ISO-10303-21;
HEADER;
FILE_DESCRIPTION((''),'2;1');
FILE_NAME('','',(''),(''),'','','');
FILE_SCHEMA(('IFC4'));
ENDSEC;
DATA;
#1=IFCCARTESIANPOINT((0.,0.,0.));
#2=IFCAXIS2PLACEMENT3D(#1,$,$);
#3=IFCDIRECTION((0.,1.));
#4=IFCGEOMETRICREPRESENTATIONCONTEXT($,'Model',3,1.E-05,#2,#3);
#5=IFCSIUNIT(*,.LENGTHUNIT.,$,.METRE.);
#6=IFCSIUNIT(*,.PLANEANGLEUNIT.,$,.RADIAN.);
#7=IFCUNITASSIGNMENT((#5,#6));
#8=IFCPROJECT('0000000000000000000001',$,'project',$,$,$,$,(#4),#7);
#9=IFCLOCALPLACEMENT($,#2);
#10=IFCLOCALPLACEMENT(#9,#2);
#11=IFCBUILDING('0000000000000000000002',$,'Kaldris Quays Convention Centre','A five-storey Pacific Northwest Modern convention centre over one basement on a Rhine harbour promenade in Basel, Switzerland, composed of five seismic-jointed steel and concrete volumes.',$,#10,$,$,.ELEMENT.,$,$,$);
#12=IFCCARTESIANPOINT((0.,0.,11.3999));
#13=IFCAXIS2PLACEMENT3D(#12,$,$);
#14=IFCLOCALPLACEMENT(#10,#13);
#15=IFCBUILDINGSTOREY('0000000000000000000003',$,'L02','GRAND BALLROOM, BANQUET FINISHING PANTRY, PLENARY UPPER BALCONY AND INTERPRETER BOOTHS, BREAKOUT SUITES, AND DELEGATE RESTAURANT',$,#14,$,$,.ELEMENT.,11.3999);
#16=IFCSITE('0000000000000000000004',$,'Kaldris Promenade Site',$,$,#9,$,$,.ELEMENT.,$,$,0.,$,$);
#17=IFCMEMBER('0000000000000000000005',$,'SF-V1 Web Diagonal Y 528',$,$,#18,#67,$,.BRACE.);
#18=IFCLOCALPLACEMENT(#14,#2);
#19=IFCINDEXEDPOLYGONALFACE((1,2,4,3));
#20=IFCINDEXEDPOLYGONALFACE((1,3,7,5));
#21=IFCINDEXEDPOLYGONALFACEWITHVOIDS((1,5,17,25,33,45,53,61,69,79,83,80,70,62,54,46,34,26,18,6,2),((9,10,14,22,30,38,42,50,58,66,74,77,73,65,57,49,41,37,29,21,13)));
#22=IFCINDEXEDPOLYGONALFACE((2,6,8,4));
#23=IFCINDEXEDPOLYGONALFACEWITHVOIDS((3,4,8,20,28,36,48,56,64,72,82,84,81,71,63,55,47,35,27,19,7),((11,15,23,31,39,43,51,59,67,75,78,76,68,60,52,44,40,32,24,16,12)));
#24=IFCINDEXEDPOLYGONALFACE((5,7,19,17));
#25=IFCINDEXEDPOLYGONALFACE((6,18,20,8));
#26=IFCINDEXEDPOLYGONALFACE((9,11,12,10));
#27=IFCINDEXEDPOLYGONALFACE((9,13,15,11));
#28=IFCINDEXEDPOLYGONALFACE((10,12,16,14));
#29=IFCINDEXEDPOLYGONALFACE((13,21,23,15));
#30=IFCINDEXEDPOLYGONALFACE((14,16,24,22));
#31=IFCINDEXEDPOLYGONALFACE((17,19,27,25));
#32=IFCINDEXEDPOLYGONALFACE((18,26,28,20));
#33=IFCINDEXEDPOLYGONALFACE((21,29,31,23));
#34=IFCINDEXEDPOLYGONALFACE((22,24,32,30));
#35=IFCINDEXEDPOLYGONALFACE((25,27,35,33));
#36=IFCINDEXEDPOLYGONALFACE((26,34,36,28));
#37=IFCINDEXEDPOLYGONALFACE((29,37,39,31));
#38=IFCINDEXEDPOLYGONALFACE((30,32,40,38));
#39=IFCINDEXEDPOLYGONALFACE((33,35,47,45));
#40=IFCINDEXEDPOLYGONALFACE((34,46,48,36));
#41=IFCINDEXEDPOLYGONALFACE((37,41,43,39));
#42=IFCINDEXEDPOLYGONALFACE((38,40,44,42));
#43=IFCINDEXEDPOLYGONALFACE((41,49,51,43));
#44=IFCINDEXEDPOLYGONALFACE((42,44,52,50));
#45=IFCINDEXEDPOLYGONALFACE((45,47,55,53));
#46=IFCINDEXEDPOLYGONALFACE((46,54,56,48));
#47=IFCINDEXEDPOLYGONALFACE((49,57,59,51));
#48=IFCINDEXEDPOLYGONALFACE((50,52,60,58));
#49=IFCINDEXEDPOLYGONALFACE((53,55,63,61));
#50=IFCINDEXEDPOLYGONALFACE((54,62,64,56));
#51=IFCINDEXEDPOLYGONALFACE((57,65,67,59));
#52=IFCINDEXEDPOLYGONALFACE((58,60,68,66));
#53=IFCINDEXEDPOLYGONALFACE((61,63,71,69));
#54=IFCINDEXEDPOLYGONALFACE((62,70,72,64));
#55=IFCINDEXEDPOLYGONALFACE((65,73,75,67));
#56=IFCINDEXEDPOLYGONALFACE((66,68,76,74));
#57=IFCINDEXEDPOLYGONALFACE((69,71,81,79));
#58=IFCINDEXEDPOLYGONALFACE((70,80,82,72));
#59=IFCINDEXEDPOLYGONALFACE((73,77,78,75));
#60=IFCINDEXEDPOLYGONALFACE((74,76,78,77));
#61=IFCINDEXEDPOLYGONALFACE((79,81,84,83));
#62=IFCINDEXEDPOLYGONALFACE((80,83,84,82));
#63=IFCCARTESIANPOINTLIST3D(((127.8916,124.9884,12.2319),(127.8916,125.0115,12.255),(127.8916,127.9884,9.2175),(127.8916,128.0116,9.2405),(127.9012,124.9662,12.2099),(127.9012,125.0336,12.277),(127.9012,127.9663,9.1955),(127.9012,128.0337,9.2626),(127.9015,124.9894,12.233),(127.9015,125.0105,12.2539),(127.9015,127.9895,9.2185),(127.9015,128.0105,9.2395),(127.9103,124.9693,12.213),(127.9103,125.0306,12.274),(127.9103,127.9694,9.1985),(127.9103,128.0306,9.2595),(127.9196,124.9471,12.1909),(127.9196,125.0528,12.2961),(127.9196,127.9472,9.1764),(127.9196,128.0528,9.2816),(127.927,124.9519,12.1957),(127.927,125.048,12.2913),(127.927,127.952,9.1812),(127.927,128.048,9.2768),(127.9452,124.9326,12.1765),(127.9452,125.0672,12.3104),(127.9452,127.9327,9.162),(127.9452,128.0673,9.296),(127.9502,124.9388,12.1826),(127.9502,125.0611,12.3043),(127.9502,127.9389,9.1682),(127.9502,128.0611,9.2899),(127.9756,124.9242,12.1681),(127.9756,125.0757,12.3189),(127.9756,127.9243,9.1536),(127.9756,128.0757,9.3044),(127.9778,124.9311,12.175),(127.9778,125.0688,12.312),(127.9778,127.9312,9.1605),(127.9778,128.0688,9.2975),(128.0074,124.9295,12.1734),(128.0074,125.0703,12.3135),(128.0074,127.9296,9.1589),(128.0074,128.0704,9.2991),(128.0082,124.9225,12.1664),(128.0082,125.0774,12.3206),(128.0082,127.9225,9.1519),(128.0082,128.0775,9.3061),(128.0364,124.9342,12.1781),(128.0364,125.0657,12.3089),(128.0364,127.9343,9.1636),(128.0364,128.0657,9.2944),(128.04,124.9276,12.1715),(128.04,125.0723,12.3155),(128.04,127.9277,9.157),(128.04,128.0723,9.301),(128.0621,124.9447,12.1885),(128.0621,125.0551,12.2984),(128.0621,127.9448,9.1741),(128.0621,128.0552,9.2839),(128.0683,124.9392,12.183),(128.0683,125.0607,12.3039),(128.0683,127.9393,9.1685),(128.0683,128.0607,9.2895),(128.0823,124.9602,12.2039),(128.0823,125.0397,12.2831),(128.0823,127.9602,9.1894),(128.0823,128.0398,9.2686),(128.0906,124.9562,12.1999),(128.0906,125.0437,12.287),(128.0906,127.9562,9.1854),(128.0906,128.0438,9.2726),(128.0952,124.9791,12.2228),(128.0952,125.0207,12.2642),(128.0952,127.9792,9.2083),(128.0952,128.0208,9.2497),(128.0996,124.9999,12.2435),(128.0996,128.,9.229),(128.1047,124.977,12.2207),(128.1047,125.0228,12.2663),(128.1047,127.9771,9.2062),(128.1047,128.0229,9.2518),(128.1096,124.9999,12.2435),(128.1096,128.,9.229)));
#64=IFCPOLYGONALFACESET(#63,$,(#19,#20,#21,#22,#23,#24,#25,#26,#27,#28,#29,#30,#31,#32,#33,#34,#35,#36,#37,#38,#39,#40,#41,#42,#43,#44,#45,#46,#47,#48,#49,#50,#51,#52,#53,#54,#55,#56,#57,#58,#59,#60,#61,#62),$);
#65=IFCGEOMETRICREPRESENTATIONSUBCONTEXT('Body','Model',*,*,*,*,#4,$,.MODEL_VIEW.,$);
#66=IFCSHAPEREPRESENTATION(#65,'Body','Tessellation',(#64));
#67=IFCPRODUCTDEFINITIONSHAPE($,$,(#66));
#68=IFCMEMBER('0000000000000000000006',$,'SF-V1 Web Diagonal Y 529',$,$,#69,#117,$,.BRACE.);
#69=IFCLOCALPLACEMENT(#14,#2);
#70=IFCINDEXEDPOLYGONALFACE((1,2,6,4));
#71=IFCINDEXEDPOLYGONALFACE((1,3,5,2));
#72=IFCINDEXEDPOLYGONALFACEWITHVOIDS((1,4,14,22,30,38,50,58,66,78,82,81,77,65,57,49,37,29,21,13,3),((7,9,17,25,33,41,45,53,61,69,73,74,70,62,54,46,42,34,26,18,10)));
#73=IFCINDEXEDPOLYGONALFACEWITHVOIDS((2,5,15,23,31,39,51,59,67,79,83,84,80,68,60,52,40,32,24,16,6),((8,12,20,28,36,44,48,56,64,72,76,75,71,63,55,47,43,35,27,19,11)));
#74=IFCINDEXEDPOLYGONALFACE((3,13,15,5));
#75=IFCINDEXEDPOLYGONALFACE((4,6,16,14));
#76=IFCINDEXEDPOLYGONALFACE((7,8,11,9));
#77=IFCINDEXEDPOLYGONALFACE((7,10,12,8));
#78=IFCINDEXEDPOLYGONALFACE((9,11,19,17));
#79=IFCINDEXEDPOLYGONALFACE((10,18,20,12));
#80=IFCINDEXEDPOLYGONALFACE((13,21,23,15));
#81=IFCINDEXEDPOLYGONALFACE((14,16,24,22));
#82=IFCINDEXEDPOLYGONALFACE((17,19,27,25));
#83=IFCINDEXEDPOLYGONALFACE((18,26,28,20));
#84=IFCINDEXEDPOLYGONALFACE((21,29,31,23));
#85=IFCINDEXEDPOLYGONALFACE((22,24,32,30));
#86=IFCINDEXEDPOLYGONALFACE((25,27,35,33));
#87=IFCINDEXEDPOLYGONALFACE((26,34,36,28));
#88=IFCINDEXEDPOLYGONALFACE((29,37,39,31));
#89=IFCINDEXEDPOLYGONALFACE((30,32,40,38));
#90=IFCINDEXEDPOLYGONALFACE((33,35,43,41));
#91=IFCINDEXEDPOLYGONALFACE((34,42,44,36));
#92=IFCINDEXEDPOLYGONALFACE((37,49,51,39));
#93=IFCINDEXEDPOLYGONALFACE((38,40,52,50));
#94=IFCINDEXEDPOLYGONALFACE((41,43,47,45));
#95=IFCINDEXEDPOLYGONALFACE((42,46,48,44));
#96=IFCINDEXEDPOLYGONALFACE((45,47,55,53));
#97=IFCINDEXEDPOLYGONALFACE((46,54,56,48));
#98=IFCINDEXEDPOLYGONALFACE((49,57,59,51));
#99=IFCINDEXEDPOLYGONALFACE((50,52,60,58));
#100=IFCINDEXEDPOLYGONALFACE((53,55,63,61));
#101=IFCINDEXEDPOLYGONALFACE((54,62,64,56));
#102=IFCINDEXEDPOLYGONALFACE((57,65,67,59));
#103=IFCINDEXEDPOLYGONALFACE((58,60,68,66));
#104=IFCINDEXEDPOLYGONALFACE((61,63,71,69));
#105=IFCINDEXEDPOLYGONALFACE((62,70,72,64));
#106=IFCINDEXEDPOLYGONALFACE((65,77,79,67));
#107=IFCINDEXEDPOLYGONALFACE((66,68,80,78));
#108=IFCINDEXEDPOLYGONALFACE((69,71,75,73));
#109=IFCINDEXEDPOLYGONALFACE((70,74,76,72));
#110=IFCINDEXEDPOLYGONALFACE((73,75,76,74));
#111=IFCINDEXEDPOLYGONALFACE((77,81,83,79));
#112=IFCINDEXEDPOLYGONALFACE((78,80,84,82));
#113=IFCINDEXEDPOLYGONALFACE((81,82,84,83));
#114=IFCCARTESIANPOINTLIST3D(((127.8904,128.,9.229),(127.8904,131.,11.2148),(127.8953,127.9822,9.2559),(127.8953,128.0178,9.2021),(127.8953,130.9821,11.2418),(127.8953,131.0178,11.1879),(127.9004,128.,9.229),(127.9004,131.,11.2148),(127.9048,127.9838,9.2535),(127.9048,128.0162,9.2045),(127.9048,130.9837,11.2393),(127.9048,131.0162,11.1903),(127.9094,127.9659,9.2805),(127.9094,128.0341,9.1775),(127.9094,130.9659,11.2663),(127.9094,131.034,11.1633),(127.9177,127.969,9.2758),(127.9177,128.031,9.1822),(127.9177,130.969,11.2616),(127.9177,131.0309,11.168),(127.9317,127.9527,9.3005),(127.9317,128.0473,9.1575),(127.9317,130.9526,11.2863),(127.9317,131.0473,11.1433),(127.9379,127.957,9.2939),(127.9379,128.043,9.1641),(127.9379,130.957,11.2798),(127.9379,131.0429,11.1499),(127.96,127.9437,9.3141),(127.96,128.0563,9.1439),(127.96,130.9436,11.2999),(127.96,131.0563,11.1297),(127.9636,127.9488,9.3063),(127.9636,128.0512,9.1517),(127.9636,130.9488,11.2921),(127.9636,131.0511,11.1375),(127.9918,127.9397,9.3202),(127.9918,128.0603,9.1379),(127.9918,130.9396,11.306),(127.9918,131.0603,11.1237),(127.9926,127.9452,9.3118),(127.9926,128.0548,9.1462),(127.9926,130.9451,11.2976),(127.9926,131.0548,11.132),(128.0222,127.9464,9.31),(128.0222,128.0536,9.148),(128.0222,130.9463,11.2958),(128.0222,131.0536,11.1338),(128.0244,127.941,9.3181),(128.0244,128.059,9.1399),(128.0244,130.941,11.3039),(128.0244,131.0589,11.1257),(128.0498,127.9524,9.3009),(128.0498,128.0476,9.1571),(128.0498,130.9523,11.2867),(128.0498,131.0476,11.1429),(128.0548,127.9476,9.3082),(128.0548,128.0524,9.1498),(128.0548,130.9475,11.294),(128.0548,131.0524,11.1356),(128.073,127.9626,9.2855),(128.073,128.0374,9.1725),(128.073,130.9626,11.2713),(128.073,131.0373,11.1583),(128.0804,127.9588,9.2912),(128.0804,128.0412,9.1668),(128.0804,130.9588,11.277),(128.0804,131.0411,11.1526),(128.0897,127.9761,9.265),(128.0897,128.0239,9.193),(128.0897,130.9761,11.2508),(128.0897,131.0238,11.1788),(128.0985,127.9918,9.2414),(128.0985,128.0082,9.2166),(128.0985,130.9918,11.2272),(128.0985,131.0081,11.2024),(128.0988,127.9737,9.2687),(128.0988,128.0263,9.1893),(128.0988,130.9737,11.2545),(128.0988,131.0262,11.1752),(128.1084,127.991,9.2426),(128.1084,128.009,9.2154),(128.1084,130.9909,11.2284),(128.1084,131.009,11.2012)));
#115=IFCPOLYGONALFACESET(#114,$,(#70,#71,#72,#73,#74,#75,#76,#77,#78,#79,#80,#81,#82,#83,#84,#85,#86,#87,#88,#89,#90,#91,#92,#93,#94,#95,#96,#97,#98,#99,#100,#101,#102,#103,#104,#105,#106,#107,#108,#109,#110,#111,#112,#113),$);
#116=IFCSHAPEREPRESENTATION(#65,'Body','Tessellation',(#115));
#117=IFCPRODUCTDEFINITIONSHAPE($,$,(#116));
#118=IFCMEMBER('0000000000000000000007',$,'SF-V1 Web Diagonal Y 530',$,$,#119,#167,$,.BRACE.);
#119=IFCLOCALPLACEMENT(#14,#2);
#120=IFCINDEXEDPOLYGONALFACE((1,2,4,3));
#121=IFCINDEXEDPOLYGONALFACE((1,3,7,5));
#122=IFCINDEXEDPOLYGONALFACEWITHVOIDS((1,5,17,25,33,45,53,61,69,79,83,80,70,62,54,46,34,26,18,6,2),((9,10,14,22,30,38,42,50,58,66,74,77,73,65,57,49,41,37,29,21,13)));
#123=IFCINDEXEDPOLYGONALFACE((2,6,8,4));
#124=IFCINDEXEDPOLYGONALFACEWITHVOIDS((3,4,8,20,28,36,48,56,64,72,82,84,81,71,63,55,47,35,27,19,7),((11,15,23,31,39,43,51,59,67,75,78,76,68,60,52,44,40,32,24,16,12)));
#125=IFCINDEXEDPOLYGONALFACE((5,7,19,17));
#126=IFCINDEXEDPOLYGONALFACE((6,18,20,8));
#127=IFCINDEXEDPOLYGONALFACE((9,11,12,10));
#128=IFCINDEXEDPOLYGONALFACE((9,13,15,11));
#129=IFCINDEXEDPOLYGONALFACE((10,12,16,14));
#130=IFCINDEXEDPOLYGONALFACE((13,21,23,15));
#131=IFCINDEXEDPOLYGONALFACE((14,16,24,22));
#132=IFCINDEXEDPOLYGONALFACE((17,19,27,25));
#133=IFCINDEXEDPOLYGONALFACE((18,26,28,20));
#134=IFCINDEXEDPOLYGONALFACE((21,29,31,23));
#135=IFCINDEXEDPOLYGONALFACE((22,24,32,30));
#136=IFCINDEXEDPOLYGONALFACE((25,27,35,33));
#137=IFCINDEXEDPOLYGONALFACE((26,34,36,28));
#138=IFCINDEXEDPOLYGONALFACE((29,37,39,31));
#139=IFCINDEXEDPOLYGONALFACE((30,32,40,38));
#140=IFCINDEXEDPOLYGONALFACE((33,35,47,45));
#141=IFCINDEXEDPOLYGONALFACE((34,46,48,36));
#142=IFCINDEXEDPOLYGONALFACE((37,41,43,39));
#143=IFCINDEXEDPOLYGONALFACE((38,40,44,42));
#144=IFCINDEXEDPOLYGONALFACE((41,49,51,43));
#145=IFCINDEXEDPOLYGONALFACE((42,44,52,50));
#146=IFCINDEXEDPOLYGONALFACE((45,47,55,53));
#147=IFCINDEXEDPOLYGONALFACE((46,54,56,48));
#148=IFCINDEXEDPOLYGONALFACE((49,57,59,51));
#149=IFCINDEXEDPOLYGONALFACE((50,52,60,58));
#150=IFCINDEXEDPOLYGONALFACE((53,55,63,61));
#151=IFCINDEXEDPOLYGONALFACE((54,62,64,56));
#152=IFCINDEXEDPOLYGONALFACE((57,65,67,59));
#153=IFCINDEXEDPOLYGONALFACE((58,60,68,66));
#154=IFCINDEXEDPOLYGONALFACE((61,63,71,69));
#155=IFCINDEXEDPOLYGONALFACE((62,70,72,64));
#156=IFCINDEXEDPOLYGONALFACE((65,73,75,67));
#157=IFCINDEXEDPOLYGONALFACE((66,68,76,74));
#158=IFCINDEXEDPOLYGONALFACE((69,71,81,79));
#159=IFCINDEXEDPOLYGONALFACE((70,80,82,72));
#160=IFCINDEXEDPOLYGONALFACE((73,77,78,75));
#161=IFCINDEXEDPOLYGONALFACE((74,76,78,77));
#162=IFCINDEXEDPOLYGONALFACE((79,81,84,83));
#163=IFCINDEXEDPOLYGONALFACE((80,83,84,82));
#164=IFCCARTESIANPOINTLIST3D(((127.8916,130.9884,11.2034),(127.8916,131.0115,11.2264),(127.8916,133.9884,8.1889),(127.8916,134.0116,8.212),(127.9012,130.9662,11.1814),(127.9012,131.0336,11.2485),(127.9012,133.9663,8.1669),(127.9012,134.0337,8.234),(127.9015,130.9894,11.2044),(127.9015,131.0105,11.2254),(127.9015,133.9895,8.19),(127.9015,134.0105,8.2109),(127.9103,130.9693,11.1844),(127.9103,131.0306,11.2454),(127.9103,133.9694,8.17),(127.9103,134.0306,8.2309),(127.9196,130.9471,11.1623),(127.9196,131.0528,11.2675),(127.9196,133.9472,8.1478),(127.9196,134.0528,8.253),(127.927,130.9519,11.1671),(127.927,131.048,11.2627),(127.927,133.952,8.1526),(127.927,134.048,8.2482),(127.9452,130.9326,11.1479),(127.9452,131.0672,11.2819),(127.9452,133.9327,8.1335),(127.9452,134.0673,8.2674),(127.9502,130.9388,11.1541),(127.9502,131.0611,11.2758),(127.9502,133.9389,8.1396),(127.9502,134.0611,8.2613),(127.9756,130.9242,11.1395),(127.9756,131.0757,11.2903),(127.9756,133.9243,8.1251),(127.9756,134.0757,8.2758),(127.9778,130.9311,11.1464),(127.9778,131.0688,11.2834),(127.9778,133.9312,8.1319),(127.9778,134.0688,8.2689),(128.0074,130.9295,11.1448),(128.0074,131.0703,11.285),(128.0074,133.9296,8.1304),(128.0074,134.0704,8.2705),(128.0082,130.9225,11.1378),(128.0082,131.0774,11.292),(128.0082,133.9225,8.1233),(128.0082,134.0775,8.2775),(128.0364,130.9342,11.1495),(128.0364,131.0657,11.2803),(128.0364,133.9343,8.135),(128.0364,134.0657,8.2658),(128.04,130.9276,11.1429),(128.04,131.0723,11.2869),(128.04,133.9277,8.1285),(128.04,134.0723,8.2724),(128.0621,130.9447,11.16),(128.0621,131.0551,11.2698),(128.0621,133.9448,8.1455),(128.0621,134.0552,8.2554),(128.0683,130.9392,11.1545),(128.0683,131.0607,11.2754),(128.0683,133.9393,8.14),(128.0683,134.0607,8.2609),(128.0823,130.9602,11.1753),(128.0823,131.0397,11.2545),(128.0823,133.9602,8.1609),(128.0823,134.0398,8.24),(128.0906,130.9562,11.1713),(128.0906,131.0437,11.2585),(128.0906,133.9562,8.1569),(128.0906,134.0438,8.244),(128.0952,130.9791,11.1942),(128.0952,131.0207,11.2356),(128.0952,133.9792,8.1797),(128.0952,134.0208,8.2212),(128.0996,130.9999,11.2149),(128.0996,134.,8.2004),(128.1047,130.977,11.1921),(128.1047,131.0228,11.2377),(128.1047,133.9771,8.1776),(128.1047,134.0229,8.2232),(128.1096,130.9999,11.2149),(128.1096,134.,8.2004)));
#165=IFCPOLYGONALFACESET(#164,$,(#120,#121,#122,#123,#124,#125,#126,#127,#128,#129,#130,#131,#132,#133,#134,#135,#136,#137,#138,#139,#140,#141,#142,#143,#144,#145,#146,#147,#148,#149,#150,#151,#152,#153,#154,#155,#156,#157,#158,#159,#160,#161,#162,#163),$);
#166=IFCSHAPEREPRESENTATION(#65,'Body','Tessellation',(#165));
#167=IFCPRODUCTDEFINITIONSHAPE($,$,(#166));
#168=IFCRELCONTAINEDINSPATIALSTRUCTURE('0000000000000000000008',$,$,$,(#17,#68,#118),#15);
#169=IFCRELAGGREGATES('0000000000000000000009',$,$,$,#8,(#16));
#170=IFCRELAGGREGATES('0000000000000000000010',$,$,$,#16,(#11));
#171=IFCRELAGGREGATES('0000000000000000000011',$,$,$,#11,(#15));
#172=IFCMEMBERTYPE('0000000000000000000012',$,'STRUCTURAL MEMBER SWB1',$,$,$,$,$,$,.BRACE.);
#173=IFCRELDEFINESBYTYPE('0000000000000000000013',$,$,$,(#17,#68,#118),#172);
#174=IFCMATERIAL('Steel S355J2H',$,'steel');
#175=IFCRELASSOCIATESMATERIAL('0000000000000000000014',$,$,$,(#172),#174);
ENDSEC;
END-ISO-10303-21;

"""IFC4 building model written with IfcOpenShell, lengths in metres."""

from ifc_helpers import new_model, si_unit, direction, frame, origin, origin_2d, place, context, subcontext, project, spatial, hollow_circle, extrude, material, material_profile, profile_set, type_object, element, save


model = new_model("IFC4")

# Units and contexts
model_context = context("Model", 3, precision=1e-05, world=origin(), true_north=direction((0.0, 1.0)))
body_context = subcontext(model_context, "Body", "Model", "MODEL_VIEW")
ifc_project = project(units=[si_unit("LENGTHUNIT", "METRE"), si_unit("PLANEANGLEUNIT", "RADIAN")], contexts=[model_context])

# Site, building, storey
site_placement = place(None, origin())
site = spatial("IfcSite", under=ifc_project, at=site_placement, Name="Kaldris Promenade Site", CompositionType="ELEMENT", RefElevation=0.0)
building_placement = place(site_placement, origin())
building = spatial("IfcBuilding", under=site, at=building_placement, Name="Kaldris Quays Convention Centre", Description="A five-storey Pacific Northwest Modern convention centre over one basement on a Rhine harbour promenade in Basel, Switzerland, composed of five seismic-jointed steel and concrete volumes.", CompositionType="ELEMENT")
storey_placement = place(building_placement, frame((0.0, 0.0, 11.3999)))
storey = spatial("IfcBuildingStorey", under=building, at=storey_placement, Name="L02", Description="GRAND BALLROOM, BANQUET FINISHING PANTRY, PLENARY UPPER BALCONY AND INTERPRETER BOOTHS, BREAKOUT SUITES, AND DELEGATE RESTAURANT", CompositionType="ELEMENT", Elevation=11.3999)

# Members
ifc_material_1 = material(Name="Steel S355J2H", Category="steel")
ifc_material_profile_1 = material_profile(ifc_material_1, hollow_circle(Radius=0.1096, WallThickness=0.01, at=origin_2d()), Name="CHS 219.1x10")
ifc_profile_set_1 = profile_set([ifc_material_profile_1], Name="Steel S355J2H")
member_type_1 = type_object("IfcMemberType", Name="STRUCTURAL MEMBER SWB1", PredefinedType="BRACE", material=ifc_profile_set_1)
member_1_placement = place(storey_placement, frame((128.0, 128.0, 9.229), z_axis=(0.0, -0.705411, 0.708798), x_axis=(1.0, 0.0, 0.0)))
element("IfcMember", 1, at=member_1_placement, inside=storey, type_object=member_type_1, Name="SF-V1 Web Diagonal Y 528", PredefinedType="BRACE", context=body_context, shape_type="SweptSolid", body=[
    extrude(hollow_circle(Radius=0.1096, WallThickness=0.01, at=origin_2d()), origin(), (0.0, 0.0, 1.0), 4.2529),
])
member_2_placement = place(storey_placement, frame((128.0, 128.0, 9.229), z_axis=(0.0, 0.833862, 0.551972), x_axis=(-1.0, 0.0, 0.0)))
element("IfcMember", 2, at=member_2_placement, inside=storey, type_object=member_type_1, Name="SF-V1 Web Diagonal Y 529", PredefinedType="BRACE", context=body_context, shape_type="SweptSolid", body=[
    extrude(hollow_circle(Radius=0.1096, WallThickness=0.01, at=origin_2d()), origin(), (0.0, 0.0, 1.0), 3.5977),
])
member_3_placement = place(storey_placement, frame((128.0, 134.0, 8.2004), z_axis=(0.0, -0.705411, 0.708798), x_axis=(1.0, 0.0, 0.0)))
element("IfcMember", 3, at=member_3_placement, inside=storey, type_object=member_type_1, Name="SF-V1 Web Diagonal Y 530", PredefinedType="BRACE", context=body_context, shape_type="SweptSolid", body=[
    extrude(hollow_circle(Radius=0.1096, WallThickness=0.01, at=origin_2d()), origin(), (0.0, 0.0, 1.0), 4.2529),
])

save(model, "model.ifc")
